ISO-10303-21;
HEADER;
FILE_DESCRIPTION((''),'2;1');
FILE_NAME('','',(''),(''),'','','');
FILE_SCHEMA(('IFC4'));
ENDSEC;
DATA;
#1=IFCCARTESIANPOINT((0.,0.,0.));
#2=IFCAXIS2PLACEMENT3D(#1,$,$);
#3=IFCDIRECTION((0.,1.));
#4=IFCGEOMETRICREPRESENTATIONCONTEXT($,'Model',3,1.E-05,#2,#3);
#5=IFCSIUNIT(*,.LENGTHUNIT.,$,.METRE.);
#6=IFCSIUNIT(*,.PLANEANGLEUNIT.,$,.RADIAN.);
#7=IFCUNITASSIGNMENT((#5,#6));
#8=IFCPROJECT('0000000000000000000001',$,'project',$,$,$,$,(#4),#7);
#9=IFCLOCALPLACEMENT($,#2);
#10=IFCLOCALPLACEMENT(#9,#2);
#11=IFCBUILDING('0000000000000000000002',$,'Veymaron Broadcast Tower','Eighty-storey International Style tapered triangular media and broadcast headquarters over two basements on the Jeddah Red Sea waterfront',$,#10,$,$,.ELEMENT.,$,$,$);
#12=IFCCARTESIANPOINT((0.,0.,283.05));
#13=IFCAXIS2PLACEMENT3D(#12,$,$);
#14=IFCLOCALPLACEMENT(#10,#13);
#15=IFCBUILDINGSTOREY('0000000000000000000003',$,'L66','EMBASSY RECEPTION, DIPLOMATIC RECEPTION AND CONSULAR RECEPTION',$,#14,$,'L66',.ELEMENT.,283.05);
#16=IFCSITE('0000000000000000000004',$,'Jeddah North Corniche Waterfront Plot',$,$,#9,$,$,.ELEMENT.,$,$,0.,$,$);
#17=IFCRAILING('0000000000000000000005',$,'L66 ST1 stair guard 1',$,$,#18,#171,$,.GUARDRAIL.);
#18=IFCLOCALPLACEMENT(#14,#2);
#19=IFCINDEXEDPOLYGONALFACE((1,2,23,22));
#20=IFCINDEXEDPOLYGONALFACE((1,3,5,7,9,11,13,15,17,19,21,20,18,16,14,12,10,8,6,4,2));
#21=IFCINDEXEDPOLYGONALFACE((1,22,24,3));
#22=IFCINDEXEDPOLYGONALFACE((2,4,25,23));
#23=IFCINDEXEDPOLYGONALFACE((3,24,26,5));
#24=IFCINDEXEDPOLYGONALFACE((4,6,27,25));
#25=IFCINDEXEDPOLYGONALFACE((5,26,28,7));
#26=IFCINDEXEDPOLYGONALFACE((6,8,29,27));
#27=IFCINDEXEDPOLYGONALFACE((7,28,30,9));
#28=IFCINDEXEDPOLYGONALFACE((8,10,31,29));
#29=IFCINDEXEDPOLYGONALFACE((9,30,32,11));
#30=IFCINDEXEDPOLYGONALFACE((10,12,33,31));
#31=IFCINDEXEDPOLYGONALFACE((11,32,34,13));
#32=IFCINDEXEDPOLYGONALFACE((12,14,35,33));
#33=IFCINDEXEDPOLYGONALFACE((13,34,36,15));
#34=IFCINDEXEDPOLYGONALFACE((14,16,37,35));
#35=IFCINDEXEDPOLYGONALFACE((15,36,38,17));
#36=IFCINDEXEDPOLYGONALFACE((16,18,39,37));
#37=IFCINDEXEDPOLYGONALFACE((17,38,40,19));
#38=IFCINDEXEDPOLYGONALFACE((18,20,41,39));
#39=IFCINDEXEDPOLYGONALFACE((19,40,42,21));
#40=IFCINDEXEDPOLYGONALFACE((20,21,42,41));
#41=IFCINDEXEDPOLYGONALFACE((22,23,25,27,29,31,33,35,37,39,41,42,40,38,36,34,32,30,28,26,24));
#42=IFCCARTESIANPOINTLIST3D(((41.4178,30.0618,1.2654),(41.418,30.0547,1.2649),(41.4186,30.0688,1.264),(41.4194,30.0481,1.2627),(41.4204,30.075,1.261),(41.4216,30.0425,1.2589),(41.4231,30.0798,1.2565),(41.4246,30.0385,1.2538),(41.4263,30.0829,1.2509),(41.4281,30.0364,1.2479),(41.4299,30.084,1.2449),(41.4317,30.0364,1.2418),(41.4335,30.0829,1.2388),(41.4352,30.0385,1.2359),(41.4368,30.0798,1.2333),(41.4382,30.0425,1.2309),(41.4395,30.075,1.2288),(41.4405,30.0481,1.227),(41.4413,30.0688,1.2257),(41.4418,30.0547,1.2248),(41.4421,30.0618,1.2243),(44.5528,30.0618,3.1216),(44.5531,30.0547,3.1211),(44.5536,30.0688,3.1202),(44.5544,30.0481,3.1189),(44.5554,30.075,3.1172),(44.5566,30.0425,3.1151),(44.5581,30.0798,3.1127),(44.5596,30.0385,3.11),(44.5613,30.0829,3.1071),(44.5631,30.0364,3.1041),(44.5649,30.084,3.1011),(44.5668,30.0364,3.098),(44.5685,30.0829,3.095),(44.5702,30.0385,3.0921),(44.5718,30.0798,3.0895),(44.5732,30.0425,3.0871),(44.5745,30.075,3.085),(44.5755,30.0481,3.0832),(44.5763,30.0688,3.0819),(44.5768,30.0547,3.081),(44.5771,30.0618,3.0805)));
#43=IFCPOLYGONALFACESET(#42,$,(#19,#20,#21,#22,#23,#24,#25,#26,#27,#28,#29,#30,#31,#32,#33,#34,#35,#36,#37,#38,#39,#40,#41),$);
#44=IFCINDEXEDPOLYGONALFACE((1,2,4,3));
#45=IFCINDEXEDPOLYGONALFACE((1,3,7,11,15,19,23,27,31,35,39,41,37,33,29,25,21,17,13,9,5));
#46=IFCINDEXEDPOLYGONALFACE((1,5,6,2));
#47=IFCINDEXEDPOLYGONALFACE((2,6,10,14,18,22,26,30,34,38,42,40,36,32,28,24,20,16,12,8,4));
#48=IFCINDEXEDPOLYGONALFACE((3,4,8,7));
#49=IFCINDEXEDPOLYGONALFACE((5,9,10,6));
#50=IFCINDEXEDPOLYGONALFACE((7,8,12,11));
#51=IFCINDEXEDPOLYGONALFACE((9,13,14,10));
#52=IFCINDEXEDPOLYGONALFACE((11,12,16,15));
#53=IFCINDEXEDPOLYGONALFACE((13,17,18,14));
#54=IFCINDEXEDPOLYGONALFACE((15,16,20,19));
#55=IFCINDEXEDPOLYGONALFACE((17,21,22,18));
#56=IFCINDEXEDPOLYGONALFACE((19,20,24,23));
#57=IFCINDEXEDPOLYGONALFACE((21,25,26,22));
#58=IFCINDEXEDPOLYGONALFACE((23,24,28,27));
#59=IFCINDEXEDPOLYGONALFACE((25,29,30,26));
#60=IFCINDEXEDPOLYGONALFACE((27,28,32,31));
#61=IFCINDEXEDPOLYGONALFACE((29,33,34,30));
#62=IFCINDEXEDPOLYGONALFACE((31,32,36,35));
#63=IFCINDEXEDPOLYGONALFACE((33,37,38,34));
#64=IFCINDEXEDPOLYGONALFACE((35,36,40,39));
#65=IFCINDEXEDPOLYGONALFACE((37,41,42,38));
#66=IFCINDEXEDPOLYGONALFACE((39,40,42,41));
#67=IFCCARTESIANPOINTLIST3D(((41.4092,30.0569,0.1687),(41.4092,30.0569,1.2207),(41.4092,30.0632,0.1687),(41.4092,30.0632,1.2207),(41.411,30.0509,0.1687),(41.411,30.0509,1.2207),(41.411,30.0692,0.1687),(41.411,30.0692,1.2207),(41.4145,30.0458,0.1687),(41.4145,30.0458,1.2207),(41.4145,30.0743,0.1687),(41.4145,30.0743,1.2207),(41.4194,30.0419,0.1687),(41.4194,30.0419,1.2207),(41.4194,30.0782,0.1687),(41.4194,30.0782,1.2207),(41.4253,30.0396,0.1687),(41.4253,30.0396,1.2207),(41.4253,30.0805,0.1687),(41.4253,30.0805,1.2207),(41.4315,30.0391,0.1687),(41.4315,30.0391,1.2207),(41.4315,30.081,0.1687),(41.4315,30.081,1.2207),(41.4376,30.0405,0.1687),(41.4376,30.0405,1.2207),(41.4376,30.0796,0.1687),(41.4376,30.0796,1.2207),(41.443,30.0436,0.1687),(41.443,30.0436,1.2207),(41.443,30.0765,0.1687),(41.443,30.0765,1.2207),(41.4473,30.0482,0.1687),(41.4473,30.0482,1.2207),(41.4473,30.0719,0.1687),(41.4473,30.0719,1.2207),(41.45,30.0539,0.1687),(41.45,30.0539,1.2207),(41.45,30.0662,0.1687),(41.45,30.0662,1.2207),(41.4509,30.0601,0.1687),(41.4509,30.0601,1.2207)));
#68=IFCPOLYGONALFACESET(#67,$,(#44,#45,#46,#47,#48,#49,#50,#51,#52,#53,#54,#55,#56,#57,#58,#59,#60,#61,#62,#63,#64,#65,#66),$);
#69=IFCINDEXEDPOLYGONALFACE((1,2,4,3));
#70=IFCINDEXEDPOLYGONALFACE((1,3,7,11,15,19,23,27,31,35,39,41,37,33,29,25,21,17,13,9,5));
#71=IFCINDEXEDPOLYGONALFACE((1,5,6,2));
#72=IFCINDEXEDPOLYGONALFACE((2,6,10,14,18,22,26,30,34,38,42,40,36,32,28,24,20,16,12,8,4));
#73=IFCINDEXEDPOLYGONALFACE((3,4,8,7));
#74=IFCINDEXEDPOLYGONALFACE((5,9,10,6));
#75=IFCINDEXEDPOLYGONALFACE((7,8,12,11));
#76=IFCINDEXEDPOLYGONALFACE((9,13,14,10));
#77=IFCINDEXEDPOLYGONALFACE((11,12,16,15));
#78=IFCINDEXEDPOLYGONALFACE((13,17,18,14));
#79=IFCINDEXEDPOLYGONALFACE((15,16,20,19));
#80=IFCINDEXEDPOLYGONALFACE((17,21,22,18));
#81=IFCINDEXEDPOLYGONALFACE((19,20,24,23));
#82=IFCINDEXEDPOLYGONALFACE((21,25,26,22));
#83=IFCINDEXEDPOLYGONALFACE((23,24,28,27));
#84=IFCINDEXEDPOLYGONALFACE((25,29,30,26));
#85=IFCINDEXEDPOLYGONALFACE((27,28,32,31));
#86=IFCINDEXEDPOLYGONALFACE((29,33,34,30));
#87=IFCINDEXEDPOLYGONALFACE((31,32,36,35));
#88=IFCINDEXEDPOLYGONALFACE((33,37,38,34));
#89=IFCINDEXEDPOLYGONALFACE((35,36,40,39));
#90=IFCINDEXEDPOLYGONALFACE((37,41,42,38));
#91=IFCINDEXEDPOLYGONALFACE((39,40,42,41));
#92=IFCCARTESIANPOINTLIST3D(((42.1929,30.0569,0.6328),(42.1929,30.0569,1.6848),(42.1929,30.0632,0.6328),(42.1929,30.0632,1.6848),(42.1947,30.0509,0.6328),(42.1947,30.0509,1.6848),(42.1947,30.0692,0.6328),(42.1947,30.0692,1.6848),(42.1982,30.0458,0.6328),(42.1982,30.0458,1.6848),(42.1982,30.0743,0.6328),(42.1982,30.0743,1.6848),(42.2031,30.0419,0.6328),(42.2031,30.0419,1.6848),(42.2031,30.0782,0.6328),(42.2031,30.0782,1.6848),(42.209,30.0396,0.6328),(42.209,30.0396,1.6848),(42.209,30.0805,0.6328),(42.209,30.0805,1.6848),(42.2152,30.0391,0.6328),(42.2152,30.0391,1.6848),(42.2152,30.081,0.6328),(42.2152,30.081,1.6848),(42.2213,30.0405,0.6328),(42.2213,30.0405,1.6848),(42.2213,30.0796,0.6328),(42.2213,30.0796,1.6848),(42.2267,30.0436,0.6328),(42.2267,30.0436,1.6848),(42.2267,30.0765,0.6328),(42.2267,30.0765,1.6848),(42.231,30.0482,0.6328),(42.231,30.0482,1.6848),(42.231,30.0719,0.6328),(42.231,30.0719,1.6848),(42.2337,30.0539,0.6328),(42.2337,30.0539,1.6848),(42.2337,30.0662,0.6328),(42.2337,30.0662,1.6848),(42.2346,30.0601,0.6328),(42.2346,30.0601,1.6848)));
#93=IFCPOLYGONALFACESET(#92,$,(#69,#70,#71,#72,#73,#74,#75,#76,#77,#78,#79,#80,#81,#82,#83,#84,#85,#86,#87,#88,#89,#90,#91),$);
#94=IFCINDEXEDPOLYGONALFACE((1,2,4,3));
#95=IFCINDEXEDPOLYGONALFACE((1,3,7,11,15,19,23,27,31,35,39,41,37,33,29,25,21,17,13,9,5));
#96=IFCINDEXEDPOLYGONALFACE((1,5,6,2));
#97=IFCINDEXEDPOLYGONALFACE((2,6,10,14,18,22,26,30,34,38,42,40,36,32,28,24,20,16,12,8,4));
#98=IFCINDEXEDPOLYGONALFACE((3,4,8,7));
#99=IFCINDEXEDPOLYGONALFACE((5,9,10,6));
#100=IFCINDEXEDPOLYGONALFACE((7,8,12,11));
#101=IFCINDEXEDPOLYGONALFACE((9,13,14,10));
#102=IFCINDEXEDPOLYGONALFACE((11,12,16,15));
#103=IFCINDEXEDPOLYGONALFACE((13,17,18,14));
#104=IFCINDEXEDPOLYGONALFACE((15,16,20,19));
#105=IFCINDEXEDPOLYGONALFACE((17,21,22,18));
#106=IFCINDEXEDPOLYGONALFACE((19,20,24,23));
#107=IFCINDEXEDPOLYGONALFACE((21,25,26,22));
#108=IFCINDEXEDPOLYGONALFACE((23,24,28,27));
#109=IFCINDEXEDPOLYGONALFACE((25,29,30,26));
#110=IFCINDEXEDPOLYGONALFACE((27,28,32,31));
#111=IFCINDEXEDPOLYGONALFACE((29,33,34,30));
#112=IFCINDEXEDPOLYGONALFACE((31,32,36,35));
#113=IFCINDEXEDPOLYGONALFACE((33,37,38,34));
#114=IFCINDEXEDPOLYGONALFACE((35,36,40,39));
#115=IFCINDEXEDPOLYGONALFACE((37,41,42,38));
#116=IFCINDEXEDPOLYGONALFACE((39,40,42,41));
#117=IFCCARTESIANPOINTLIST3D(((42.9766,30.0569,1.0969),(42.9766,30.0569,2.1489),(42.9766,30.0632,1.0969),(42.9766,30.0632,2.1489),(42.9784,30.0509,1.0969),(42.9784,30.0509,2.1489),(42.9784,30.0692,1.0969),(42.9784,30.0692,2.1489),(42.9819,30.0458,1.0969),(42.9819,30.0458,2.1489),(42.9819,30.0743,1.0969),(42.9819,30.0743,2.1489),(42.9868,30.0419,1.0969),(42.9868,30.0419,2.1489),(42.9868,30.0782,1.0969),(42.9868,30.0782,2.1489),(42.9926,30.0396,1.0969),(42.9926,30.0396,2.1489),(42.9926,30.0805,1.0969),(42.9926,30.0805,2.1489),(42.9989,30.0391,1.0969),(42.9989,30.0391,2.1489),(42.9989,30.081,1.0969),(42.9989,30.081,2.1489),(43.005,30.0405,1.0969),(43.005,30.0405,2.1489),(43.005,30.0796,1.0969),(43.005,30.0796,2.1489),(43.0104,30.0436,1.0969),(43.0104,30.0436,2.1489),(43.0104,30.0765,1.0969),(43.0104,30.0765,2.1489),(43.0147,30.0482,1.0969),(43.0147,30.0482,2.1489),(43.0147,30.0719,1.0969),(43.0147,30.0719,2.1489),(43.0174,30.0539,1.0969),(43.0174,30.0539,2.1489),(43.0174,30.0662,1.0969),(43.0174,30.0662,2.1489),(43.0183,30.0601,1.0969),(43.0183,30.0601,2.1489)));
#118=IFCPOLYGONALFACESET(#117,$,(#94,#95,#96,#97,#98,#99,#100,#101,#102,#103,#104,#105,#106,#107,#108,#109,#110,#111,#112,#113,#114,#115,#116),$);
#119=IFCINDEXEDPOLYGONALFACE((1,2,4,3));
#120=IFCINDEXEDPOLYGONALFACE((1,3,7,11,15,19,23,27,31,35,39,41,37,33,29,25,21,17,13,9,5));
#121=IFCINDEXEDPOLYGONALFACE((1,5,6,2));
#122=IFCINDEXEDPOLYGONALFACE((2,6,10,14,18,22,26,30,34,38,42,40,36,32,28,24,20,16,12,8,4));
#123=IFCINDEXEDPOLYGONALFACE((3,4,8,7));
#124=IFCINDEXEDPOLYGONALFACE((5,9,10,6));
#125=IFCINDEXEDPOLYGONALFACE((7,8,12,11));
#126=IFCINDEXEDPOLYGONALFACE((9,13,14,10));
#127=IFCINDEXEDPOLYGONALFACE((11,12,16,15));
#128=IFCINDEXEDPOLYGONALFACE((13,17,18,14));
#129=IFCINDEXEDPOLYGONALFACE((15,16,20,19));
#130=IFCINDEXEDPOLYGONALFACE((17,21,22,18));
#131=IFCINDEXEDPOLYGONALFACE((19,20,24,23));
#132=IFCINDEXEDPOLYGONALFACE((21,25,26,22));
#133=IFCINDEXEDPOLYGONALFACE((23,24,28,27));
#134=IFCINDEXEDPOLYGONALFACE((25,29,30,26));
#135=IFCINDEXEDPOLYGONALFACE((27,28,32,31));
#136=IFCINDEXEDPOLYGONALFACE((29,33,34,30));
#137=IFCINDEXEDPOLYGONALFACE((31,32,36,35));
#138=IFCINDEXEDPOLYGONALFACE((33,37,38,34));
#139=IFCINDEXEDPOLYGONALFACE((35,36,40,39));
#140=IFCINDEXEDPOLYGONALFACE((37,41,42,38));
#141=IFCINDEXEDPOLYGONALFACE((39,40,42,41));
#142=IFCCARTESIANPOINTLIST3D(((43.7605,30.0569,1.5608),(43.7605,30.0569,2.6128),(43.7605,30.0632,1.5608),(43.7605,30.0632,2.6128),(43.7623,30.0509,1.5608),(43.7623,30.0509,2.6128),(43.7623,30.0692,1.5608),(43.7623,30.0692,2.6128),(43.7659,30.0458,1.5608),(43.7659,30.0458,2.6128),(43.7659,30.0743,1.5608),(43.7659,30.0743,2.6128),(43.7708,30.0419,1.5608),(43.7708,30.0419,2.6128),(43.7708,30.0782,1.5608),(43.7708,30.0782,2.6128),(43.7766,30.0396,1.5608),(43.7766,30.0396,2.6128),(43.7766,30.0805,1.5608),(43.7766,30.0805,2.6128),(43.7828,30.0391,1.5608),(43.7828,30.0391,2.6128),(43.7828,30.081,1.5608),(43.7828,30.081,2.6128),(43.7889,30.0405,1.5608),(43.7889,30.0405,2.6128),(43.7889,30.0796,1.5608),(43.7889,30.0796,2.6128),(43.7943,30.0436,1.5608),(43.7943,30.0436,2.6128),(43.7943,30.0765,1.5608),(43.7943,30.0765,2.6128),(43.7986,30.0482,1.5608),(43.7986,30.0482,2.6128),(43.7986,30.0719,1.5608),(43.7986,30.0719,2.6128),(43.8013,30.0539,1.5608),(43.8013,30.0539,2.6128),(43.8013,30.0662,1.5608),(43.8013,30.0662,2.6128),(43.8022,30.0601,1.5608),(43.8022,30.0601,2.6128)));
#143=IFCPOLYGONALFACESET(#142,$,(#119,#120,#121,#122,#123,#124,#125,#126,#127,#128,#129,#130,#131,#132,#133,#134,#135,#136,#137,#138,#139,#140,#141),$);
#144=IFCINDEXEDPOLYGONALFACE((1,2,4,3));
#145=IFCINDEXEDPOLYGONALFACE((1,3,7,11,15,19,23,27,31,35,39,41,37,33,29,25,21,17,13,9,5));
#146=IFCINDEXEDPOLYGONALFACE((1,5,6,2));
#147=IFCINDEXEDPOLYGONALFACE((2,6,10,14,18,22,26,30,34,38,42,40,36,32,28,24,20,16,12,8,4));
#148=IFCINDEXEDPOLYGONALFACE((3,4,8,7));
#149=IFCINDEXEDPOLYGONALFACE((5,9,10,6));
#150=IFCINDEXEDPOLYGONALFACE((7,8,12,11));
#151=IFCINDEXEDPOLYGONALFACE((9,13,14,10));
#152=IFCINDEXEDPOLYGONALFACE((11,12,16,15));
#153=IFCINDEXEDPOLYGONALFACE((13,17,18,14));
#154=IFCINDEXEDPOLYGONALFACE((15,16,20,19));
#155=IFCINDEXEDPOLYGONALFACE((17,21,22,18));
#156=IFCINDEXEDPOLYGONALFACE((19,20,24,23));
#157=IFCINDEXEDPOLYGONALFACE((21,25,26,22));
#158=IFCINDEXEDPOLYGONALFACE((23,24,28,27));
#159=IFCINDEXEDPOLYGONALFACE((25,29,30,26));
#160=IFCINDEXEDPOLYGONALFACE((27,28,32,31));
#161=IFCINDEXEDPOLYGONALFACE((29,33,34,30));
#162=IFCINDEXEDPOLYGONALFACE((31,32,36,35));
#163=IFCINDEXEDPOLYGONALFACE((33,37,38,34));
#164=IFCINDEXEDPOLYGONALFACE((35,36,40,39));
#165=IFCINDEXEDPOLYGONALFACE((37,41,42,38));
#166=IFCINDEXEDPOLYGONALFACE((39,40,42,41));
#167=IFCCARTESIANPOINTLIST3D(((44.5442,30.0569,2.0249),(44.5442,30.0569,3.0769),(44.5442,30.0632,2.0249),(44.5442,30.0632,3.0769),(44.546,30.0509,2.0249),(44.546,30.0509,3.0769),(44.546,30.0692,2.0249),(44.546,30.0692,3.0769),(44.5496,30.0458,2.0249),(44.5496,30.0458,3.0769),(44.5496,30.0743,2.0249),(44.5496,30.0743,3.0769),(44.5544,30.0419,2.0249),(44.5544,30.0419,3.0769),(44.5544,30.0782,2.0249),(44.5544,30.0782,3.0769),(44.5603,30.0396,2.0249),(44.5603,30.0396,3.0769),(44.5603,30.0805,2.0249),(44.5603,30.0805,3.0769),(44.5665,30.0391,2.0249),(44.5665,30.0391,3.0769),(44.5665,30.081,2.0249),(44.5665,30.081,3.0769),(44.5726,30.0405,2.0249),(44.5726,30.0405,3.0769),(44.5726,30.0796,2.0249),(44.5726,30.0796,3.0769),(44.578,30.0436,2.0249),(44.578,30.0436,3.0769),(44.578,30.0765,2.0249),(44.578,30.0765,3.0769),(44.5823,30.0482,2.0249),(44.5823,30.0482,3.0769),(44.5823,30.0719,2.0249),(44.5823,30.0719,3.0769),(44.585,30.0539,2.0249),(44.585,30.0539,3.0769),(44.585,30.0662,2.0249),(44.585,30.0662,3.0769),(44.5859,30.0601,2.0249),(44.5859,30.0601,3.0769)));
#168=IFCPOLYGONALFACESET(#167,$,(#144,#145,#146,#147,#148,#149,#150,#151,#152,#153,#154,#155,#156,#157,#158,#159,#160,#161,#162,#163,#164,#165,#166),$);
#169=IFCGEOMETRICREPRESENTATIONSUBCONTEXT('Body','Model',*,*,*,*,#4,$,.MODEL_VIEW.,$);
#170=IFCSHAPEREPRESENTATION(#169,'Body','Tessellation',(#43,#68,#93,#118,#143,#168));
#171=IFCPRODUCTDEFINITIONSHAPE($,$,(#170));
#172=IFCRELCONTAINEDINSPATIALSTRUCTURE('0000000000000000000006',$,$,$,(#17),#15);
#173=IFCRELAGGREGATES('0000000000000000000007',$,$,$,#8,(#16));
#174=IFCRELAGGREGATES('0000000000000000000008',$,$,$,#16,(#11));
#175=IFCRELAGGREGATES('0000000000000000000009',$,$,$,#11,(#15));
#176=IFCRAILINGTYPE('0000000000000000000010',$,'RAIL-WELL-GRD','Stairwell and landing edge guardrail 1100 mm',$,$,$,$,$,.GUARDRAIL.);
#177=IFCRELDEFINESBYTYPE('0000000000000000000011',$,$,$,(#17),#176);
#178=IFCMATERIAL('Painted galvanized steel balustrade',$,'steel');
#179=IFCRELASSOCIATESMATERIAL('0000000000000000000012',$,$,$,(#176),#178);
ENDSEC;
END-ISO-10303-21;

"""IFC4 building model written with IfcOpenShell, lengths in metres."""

from ifc_helpers import new_model, si_unit, direction, frame, origin, origin_2d, place, context, subcontext, project, spatial, circle, extrude, material, type_object, element, save


model = new_model("IFC4")

# Units and contexts
model_context = context("Model", 3, precision=1e-05, world=origin(), true_north=direction((0.0, 1.0)))
body_context = subcontext(model_context, "Body", "Model", "MODEL_VIEW")
ifc_project = project(units=[si_unit("LENGTHUNIT", "METRE"), si_unit("PLANEANGLEUNIT", "RADIAN")], contexts=[model_context])

# Site, building, storey
site_placement = place(None, origin())
site = spatial("IfcSite", under=ifc_project, at=site_placement, Name="Jeddah North Corniche Waterfront Plot", CompositionType="ELEMENT", RefElevation=0.0)
building_placement = place(site_placement, origin())
building = spatial("IfcBuilding", under=site, at=building_placement, Name="Veymaron Broadcast Tower", Description="Eighty-storey International Style tapered triangular media and broadcast headquarters over two basements on the Jeddah Red Sea waterfront", CompositionType="ELEMENT")
storey_placement = place(building_placement, frame((0.0, 0.0, 283.05)))
storey = spatial("IfcBuildingStorey", under=building, at=storey_placement, Name="L66", Description="EMBASSY RECEPTION, DIPLOMATIC RECEPTION AND CONSULAR RECEPTION", LongName="L66", CompositionType="ELEMENT", Elevation=283.05)

# Railing
ifc_material_1 = material(Name="Painted galvanized steel balustrade", Category="steel")
railing_type_1 = type_object("IfcRailingType", Name="RAIL-WELL-GRD", Description="Stairwell and landing edge guardrail 1100 mm", PredefinedType="GUARDRAIL", material=ifc_material_1)
railing_1_placement = place(storey_placement, frame((41.4299, 30.0601, 0.1687)))
element("IfcRailing", 1, at=railing_1_placement, inside=storey, type_object=railing_type_1, Name="L66 ST1 stair guard 1", PredefinedType="GUARDRAIL", context=body_context, shape_type="SweptSolid", body=[
    extrude(circle(Radius=0.0239, at=origin_2d()), frame((0.0, 0.0, 1.0762), z_axis=(0.860482, 0.0, 0.509481), x_axis=(0.0, 1.0, 0.0)), (0.0, 0.0, 1.0), 3.6433),
    extrude(circle(Radius=0.021, at=origin_2d()), origin(), (0.0, 0.0, 1.0), 1.052),
    extrude(circle(Radius=0.021, at=origin_2d()), frame((0.7837, 0.0, 0.4641)), (0.0, 0.0, 1.0), 1.052),
    extrude(circle(Radius=0.021, at=origin_2d()), frame((1.5674, 0.0, 0.9282)), (0.0, 0.0, 1.0), 1.052),
    extrude(circle(Radius=0.021, at=origin_2d()), frame((2.3513, 0.0, 1.3921)), (0.0, 0.0, 1.0), 1.052),
    extrude(circle(Radius=0.021, at=origin_2d()), frame((3.135, 0.0, 1.8562)), (0.0, 0.0, 1.0), 1.052),
])

save(model, "model.ifc")
